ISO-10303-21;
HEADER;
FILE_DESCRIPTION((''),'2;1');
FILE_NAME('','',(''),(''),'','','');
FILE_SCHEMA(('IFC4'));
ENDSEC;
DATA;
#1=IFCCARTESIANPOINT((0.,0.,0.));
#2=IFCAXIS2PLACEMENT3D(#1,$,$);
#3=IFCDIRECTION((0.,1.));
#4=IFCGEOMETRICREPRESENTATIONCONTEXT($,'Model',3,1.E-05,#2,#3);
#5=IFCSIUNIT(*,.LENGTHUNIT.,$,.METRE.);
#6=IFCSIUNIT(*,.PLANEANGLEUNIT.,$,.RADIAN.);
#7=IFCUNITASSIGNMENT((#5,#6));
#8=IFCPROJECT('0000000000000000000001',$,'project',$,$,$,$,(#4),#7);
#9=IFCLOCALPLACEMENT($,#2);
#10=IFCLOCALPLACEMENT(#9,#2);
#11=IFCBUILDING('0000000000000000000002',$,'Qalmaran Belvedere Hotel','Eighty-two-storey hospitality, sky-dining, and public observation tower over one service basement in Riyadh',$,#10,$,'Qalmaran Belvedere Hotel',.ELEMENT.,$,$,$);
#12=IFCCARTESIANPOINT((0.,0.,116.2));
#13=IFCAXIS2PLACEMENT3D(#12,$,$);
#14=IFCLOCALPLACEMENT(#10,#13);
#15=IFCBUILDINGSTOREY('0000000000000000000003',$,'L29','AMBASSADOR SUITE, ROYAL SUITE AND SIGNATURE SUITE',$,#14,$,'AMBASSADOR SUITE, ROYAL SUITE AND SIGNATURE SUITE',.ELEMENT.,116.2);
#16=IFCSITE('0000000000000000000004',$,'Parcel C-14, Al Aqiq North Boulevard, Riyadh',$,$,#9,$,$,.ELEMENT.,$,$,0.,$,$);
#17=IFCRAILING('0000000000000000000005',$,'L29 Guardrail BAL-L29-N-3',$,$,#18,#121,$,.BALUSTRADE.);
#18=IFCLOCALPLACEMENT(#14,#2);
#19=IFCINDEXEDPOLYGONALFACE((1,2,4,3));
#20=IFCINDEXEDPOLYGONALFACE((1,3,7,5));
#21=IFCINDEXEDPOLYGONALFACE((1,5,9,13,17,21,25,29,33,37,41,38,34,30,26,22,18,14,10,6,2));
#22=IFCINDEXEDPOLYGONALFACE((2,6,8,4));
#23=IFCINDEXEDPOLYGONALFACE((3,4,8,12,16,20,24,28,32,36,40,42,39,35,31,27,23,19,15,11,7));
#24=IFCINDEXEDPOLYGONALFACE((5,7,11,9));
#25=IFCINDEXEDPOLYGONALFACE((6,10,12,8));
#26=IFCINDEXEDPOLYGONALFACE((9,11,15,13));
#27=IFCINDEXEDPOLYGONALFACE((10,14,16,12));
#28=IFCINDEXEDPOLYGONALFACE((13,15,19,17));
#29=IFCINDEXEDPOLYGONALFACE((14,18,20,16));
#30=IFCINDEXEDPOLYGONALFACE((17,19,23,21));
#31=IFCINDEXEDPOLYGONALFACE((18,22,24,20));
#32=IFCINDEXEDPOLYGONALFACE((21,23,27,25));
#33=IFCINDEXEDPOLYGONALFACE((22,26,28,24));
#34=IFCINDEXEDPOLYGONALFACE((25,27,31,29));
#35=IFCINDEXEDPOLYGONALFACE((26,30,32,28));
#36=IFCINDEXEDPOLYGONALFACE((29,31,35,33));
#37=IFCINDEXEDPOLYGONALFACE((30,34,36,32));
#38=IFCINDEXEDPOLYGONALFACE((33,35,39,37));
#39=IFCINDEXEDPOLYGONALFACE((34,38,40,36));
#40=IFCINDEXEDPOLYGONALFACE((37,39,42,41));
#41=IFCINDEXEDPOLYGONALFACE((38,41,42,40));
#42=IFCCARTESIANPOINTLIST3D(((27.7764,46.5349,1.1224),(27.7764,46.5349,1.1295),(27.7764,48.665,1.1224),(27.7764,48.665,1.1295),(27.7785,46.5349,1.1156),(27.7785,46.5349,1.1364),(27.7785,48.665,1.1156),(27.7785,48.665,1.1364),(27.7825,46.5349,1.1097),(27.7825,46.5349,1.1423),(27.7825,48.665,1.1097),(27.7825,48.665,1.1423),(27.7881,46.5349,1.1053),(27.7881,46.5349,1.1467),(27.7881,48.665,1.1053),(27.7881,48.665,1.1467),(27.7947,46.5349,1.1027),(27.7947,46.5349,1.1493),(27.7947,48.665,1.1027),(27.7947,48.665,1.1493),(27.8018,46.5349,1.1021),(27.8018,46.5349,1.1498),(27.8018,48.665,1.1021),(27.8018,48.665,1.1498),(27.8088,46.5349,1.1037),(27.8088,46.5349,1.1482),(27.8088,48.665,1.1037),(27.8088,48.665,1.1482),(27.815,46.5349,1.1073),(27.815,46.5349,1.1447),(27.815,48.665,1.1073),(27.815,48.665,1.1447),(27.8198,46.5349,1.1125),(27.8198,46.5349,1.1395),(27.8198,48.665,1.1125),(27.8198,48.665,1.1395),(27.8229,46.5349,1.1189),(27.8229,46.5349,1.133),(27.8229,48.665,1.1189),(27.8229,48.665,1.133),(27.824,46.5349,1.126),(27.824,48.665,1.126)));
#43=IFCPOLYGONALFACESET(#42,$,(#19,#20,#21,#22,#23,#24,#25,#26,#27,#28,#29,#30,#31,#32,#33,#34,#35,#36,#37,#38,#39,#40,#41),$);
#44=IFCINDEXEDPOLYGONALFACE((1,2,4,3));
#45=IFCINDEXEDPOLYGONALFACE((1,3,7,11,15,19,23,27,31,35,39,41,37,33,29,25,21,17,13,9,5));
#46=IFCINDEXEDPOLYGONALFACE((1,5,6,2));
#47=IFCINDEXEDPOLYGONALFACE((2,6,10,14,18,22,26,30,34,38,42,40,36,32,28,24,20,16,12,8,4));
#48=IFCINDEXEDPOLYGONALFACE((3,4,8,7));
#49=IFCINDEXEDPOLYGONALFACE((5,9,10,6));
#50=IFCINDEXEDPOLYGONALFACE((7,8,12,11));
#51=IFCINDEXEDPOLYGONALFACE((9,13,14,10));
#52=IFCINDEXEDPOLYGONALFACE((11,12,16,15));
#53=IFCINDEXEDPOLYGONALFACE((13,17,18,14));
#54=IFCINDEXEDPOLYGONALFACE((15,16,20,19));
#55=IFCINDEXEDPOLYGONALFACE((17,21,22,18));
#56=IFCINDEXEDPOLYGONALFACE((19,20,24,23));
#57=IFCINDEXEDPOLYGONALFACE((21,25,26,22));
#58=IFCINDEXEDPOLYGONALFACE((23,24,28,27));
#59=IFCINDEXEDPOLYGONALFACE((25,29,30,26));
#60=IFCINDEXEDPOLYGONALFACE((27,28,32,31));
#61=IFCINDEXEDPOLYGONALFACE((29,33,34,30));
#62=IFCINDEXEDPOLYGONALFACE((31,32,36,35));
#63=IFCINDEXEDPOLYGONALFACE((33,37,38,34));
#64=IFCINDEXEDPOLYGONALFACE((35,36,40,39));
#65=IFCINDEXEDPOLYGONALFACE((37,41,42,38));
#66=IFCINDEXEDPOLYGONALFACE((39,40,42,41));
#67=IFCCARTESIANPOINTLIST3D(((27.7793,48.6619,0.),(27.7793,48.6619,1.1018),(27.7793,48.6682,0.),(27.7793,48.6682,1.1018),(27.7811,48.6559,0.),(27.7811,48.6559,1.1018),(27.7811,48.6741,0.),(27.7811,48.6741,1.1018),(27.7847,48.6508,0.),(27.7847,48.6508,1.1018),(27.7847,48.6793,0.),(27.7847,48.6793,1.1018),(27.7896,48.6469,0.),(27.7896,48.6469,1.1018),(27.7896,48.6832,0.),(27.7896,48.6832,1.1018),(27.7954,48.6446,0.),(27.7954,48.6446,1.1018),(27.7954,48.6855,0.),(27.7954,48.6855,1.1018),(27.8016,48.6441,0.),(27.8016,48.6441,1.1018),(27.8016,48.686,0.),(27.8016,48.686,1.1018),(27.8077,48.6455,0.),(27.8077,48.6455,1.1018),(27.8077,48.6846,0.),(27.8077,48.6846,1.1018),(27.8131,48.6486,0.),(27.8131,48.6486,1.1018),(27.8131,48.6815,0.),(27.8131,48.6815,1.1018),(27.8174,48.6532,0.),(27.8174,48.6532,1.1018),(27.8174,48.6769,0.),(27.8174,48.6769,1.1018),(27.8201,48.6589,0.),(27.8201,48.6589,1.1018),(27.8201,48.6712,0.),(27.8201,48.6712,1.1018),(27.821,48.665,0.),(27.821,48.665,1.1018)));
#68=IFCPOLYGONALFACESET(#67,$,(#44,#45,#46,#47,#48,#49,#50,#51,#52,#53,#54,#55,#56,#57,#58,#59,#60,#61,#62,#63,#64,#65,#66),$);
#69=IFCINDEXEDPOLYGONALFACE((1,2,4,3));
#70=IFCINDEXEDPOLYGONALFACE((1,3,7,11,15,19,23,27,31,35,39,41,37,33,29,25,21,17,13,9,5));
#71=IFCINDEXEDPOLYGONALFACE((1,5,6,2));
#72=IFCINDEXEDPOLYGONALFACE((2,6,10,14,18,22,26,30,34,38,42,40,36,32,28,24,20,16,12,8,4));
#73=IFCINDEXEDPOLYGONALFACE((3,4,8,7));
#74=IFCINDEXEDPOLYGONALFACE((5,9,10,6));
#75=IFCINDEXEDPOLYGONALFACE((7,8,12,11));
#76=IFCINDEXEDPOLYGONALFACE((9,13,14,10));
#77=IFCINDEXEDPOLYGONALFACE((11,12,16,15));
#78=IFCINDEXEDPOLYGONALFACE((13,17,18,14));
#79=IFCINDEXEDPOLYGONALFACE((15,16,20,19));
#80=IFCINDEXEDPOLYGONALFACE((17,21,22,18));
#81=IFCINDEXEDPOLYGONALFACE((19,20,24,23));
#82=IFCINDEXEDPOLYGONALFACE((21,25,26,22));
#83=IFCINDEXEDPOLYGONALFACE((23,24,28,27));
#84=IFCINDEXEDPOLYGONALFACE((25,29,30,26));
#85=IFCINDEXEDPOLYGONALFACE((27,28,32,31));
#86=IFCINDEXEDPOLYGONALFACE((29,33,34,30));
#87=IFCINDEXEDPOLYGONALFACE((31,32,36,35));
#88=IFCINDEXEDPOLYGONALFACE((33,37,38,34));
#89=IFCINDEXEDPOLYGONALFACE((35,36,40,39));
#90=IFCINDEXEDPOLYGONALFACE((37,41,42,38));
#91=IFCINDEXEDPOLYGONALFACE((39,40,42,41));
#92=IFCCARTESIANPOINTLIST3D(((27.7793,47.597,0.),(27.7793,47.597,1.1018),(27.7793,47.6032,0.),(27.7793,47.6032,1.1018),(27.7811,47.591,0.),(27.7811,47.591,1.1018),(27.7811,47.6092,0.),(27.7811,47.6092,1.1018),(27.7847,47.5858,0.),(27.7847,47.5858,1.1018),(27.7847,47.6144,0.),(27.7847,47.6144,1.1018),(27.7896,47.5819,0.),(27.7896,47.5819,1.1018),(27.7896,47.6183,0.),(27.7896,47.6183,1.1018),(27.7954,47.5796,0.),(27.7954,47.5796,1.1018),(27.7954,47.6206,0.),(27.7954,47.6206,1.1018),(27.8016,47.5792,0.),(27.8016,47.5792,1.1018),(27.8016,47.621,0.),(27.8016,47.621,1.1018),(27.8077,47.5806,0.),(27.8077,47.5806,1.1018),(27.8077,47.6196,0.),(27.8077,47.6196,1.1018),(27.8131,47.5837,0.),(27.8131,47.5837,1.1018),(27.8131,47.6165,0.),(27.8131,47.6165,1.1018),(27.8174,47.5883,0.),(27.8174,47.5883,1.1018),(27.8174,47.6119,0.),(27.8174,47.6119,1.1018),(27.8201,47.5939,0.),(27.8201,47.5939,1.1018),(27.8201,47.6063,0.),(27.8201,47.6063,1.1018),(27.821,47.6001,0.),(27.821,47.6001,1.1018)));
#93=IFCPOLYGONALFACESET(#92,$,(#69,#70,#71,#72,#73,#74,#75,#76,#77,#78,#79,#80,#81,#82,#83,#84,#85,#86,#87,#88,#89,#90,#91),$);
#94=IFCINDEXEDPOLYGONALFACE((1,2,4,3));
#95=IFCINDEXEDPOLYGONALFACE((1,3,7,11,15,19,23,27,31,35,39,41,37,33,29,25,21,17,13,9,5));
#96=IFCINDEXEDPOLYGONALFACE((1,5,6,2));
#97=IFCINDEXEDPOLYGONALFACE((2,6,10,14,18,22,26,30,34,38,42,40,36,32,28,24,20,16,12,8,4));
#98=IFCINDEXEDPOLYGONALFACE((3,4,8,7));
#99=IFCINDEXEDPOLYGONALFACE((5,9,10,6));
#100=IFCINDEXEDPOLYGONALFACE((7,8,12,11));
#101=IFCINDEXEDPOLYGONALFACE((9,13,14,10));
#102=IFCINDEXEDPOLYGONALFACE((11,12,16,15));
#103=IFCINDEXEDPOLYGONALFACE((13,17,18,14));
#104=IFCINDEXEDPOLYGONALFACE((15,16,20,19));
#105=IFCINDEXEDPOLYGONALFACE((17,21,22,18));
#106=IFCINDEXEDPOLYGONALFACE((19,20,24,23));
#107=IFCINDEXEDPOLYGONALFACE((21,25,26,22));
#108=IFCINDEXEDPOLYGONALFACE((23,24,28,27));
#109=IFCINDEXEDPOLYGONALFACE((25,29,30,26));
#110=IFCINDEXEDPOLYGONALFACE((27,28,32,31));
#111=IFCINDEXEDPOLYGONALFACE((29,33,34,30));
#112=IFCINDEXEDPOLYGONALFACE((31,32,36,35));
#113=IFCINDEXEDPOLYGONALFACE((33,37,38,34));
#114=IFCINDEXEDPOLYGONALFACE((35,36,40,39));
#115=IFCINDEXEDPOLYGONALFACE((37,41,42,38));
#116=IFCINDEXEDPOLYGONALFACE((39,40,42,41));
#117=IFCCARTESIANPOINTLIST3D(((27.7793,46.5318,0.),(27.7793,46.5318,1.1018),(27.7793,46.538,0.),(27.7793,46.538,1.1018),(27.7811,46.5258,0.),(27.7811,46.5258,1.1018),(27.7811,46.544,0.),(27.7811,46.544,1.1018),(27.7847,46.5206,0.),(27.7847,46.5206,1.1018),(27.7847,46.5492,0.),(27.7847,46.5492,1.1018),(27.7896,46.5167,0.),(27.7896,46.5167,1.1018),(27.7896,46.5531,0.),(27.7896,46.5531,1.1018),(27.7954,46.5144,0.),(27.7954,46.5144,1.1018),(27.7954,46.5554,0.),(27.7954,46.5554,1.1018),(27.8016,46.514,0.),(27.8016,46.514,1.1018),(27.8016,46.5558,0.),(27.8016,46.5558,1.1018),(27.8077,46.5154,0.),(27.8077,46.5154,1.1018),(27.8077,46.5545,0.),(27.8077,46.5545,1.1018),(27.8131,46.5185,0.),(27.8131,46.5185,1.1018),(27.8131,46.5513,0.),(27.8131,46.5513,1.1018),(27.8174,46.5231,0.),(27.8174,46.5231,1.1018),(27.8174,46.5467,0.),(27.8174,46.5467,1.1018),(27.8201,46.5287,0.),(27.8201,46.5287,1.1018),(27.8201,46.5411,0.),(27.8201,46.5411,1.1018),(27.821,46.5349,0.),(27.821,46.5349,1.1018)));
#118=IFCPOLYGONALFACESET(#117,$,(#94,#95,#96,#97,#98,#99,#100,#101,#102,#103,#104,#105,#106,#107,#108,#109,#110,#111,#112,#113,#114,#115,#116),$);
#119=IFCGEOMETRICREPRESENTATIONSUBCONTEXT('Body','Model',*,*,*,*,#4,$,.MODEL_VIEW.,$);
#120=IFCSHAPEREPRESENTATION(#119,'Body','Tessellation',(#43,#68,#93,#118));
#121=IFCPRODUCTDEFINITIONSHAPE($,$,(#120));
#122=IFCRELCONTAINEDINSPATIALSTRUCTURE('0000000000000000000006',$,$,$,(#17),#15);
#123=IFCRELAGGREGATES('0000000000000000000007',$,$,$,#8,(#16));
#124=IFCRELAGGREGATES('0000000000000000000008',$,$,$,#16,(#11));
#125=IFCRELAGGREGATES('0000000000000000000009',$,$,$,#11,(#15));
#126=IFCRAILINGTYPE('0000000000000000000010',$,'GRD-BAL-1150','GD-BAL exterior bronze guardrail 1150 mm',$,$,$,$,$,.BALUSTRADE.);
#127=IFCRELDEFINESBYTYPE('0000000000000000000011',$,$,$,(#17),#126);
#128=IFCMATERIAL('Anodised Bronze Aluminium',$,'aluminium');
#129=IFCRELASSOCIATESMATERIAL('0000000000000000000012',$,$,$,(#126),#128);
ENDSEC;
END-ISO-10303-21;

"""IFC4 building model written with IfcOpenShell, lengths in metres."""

from ifc_helpers import new_model, si_unit, direction, frame, origin, origin_2d, place, context, subcontext, project, spatial, circle, extrude, material, type_object, element, save


model = new_model("IFC4")

# Units and contexts
model_context = context("Model", 3, precision=1e-05, world=origin(), true_north=direction((0.0, 1.0)))
body_context = subcontext(model_context, "Body", "Model", "MODEL_VIEW")
ifc_project = project(units=[si_unit("LENGTHUNIT", "METRE"), si_unit("PLANEANGLEUNIT", "RADIAN")], contexts=[model_context])

# Site, building, storey
site_placement = place(None, origin())
site = spatial("IfcSite", under=ifc_project, at=site_placement, Name="Parcel C-14, Al Aqiq North Boulevard, Riyadh", CompositionType="ELEMENT", RefElevation=0.0)
building_placement = place(site_placement, origin())
building = spatial("IfcBuilding", under=site, at=building_placement, Name="Qalmaran Belvedere Hotel", Description="Eighty-two-storey hospitality, sky-dining, and public observation tower over one service basement in Riyadh", LongName="Qalmaran Belvedere Hotel", CompositionType="ELEMENT")
storey_placement = place(building_placement, frame((0.0, 0.0, 116.2)))
storey = spatial("IfcBuildingStorey", under=building, at=storey_placement, Name="L29", Description="AMBASSADOR SUITE, ROYAL SUITE AND SIGNATURE SUITE", LongName="AMBASSADOR SUITE, ROYAL SUITE AND SIGNATURE SUITE", CompositionType="ELEMENT", Elevation=116.2)

# Shared definitions
ifc_material_1 = material(Name="Anodised Bronze Aluminium", Category="aluminium")

# Railing
railing_type = type_object("IfcRailingType", Name="GRD-BAL-1150", Description="GD-BAL exterior bronze guardrail 1150 mm", PredefinedType="BALUSTRADE", material=ifc_material_1)
railing_1_placement = place(storey_placement, frame((27.8, 48.665, 0.0)))
element("IfcRailing", 1, at=railing_1_placement, inside=storey, type_object=railing_type, Name="L29 Guardrail BAL-L29-N-3", PredefinedType="BALUSTRADE", context=body_context, shape_type="SweptSolid", body=[
    extrude(circle(Radius=0.0239, at=origin_2d()), frame((0.0, 0.0, 1.126), z_axis=(0.0, -1.0, 0.0), x_axis=(1.0, 0.0, 0.0)), (0.0, 0.0, 1.0), 2.1301),
    extrude(circle(Radius=0.021, at=origin_2d()), origin(), (0.0, 0.0, 1.0), 1.1018),
    extrude(circle(Radius=0.021, at=origin_2d()), frame((0.0, -1.0649, 0.0)), (0.0, 0.0, 1.0), 1.1018),
    extrude(circle(Radius=0.021, at=origin_2d()), frame((0.0, -2.1301, 0.0)), (0.0, 0.0, 1.0), 1.1018),
])

save(model, "model.ifc")
